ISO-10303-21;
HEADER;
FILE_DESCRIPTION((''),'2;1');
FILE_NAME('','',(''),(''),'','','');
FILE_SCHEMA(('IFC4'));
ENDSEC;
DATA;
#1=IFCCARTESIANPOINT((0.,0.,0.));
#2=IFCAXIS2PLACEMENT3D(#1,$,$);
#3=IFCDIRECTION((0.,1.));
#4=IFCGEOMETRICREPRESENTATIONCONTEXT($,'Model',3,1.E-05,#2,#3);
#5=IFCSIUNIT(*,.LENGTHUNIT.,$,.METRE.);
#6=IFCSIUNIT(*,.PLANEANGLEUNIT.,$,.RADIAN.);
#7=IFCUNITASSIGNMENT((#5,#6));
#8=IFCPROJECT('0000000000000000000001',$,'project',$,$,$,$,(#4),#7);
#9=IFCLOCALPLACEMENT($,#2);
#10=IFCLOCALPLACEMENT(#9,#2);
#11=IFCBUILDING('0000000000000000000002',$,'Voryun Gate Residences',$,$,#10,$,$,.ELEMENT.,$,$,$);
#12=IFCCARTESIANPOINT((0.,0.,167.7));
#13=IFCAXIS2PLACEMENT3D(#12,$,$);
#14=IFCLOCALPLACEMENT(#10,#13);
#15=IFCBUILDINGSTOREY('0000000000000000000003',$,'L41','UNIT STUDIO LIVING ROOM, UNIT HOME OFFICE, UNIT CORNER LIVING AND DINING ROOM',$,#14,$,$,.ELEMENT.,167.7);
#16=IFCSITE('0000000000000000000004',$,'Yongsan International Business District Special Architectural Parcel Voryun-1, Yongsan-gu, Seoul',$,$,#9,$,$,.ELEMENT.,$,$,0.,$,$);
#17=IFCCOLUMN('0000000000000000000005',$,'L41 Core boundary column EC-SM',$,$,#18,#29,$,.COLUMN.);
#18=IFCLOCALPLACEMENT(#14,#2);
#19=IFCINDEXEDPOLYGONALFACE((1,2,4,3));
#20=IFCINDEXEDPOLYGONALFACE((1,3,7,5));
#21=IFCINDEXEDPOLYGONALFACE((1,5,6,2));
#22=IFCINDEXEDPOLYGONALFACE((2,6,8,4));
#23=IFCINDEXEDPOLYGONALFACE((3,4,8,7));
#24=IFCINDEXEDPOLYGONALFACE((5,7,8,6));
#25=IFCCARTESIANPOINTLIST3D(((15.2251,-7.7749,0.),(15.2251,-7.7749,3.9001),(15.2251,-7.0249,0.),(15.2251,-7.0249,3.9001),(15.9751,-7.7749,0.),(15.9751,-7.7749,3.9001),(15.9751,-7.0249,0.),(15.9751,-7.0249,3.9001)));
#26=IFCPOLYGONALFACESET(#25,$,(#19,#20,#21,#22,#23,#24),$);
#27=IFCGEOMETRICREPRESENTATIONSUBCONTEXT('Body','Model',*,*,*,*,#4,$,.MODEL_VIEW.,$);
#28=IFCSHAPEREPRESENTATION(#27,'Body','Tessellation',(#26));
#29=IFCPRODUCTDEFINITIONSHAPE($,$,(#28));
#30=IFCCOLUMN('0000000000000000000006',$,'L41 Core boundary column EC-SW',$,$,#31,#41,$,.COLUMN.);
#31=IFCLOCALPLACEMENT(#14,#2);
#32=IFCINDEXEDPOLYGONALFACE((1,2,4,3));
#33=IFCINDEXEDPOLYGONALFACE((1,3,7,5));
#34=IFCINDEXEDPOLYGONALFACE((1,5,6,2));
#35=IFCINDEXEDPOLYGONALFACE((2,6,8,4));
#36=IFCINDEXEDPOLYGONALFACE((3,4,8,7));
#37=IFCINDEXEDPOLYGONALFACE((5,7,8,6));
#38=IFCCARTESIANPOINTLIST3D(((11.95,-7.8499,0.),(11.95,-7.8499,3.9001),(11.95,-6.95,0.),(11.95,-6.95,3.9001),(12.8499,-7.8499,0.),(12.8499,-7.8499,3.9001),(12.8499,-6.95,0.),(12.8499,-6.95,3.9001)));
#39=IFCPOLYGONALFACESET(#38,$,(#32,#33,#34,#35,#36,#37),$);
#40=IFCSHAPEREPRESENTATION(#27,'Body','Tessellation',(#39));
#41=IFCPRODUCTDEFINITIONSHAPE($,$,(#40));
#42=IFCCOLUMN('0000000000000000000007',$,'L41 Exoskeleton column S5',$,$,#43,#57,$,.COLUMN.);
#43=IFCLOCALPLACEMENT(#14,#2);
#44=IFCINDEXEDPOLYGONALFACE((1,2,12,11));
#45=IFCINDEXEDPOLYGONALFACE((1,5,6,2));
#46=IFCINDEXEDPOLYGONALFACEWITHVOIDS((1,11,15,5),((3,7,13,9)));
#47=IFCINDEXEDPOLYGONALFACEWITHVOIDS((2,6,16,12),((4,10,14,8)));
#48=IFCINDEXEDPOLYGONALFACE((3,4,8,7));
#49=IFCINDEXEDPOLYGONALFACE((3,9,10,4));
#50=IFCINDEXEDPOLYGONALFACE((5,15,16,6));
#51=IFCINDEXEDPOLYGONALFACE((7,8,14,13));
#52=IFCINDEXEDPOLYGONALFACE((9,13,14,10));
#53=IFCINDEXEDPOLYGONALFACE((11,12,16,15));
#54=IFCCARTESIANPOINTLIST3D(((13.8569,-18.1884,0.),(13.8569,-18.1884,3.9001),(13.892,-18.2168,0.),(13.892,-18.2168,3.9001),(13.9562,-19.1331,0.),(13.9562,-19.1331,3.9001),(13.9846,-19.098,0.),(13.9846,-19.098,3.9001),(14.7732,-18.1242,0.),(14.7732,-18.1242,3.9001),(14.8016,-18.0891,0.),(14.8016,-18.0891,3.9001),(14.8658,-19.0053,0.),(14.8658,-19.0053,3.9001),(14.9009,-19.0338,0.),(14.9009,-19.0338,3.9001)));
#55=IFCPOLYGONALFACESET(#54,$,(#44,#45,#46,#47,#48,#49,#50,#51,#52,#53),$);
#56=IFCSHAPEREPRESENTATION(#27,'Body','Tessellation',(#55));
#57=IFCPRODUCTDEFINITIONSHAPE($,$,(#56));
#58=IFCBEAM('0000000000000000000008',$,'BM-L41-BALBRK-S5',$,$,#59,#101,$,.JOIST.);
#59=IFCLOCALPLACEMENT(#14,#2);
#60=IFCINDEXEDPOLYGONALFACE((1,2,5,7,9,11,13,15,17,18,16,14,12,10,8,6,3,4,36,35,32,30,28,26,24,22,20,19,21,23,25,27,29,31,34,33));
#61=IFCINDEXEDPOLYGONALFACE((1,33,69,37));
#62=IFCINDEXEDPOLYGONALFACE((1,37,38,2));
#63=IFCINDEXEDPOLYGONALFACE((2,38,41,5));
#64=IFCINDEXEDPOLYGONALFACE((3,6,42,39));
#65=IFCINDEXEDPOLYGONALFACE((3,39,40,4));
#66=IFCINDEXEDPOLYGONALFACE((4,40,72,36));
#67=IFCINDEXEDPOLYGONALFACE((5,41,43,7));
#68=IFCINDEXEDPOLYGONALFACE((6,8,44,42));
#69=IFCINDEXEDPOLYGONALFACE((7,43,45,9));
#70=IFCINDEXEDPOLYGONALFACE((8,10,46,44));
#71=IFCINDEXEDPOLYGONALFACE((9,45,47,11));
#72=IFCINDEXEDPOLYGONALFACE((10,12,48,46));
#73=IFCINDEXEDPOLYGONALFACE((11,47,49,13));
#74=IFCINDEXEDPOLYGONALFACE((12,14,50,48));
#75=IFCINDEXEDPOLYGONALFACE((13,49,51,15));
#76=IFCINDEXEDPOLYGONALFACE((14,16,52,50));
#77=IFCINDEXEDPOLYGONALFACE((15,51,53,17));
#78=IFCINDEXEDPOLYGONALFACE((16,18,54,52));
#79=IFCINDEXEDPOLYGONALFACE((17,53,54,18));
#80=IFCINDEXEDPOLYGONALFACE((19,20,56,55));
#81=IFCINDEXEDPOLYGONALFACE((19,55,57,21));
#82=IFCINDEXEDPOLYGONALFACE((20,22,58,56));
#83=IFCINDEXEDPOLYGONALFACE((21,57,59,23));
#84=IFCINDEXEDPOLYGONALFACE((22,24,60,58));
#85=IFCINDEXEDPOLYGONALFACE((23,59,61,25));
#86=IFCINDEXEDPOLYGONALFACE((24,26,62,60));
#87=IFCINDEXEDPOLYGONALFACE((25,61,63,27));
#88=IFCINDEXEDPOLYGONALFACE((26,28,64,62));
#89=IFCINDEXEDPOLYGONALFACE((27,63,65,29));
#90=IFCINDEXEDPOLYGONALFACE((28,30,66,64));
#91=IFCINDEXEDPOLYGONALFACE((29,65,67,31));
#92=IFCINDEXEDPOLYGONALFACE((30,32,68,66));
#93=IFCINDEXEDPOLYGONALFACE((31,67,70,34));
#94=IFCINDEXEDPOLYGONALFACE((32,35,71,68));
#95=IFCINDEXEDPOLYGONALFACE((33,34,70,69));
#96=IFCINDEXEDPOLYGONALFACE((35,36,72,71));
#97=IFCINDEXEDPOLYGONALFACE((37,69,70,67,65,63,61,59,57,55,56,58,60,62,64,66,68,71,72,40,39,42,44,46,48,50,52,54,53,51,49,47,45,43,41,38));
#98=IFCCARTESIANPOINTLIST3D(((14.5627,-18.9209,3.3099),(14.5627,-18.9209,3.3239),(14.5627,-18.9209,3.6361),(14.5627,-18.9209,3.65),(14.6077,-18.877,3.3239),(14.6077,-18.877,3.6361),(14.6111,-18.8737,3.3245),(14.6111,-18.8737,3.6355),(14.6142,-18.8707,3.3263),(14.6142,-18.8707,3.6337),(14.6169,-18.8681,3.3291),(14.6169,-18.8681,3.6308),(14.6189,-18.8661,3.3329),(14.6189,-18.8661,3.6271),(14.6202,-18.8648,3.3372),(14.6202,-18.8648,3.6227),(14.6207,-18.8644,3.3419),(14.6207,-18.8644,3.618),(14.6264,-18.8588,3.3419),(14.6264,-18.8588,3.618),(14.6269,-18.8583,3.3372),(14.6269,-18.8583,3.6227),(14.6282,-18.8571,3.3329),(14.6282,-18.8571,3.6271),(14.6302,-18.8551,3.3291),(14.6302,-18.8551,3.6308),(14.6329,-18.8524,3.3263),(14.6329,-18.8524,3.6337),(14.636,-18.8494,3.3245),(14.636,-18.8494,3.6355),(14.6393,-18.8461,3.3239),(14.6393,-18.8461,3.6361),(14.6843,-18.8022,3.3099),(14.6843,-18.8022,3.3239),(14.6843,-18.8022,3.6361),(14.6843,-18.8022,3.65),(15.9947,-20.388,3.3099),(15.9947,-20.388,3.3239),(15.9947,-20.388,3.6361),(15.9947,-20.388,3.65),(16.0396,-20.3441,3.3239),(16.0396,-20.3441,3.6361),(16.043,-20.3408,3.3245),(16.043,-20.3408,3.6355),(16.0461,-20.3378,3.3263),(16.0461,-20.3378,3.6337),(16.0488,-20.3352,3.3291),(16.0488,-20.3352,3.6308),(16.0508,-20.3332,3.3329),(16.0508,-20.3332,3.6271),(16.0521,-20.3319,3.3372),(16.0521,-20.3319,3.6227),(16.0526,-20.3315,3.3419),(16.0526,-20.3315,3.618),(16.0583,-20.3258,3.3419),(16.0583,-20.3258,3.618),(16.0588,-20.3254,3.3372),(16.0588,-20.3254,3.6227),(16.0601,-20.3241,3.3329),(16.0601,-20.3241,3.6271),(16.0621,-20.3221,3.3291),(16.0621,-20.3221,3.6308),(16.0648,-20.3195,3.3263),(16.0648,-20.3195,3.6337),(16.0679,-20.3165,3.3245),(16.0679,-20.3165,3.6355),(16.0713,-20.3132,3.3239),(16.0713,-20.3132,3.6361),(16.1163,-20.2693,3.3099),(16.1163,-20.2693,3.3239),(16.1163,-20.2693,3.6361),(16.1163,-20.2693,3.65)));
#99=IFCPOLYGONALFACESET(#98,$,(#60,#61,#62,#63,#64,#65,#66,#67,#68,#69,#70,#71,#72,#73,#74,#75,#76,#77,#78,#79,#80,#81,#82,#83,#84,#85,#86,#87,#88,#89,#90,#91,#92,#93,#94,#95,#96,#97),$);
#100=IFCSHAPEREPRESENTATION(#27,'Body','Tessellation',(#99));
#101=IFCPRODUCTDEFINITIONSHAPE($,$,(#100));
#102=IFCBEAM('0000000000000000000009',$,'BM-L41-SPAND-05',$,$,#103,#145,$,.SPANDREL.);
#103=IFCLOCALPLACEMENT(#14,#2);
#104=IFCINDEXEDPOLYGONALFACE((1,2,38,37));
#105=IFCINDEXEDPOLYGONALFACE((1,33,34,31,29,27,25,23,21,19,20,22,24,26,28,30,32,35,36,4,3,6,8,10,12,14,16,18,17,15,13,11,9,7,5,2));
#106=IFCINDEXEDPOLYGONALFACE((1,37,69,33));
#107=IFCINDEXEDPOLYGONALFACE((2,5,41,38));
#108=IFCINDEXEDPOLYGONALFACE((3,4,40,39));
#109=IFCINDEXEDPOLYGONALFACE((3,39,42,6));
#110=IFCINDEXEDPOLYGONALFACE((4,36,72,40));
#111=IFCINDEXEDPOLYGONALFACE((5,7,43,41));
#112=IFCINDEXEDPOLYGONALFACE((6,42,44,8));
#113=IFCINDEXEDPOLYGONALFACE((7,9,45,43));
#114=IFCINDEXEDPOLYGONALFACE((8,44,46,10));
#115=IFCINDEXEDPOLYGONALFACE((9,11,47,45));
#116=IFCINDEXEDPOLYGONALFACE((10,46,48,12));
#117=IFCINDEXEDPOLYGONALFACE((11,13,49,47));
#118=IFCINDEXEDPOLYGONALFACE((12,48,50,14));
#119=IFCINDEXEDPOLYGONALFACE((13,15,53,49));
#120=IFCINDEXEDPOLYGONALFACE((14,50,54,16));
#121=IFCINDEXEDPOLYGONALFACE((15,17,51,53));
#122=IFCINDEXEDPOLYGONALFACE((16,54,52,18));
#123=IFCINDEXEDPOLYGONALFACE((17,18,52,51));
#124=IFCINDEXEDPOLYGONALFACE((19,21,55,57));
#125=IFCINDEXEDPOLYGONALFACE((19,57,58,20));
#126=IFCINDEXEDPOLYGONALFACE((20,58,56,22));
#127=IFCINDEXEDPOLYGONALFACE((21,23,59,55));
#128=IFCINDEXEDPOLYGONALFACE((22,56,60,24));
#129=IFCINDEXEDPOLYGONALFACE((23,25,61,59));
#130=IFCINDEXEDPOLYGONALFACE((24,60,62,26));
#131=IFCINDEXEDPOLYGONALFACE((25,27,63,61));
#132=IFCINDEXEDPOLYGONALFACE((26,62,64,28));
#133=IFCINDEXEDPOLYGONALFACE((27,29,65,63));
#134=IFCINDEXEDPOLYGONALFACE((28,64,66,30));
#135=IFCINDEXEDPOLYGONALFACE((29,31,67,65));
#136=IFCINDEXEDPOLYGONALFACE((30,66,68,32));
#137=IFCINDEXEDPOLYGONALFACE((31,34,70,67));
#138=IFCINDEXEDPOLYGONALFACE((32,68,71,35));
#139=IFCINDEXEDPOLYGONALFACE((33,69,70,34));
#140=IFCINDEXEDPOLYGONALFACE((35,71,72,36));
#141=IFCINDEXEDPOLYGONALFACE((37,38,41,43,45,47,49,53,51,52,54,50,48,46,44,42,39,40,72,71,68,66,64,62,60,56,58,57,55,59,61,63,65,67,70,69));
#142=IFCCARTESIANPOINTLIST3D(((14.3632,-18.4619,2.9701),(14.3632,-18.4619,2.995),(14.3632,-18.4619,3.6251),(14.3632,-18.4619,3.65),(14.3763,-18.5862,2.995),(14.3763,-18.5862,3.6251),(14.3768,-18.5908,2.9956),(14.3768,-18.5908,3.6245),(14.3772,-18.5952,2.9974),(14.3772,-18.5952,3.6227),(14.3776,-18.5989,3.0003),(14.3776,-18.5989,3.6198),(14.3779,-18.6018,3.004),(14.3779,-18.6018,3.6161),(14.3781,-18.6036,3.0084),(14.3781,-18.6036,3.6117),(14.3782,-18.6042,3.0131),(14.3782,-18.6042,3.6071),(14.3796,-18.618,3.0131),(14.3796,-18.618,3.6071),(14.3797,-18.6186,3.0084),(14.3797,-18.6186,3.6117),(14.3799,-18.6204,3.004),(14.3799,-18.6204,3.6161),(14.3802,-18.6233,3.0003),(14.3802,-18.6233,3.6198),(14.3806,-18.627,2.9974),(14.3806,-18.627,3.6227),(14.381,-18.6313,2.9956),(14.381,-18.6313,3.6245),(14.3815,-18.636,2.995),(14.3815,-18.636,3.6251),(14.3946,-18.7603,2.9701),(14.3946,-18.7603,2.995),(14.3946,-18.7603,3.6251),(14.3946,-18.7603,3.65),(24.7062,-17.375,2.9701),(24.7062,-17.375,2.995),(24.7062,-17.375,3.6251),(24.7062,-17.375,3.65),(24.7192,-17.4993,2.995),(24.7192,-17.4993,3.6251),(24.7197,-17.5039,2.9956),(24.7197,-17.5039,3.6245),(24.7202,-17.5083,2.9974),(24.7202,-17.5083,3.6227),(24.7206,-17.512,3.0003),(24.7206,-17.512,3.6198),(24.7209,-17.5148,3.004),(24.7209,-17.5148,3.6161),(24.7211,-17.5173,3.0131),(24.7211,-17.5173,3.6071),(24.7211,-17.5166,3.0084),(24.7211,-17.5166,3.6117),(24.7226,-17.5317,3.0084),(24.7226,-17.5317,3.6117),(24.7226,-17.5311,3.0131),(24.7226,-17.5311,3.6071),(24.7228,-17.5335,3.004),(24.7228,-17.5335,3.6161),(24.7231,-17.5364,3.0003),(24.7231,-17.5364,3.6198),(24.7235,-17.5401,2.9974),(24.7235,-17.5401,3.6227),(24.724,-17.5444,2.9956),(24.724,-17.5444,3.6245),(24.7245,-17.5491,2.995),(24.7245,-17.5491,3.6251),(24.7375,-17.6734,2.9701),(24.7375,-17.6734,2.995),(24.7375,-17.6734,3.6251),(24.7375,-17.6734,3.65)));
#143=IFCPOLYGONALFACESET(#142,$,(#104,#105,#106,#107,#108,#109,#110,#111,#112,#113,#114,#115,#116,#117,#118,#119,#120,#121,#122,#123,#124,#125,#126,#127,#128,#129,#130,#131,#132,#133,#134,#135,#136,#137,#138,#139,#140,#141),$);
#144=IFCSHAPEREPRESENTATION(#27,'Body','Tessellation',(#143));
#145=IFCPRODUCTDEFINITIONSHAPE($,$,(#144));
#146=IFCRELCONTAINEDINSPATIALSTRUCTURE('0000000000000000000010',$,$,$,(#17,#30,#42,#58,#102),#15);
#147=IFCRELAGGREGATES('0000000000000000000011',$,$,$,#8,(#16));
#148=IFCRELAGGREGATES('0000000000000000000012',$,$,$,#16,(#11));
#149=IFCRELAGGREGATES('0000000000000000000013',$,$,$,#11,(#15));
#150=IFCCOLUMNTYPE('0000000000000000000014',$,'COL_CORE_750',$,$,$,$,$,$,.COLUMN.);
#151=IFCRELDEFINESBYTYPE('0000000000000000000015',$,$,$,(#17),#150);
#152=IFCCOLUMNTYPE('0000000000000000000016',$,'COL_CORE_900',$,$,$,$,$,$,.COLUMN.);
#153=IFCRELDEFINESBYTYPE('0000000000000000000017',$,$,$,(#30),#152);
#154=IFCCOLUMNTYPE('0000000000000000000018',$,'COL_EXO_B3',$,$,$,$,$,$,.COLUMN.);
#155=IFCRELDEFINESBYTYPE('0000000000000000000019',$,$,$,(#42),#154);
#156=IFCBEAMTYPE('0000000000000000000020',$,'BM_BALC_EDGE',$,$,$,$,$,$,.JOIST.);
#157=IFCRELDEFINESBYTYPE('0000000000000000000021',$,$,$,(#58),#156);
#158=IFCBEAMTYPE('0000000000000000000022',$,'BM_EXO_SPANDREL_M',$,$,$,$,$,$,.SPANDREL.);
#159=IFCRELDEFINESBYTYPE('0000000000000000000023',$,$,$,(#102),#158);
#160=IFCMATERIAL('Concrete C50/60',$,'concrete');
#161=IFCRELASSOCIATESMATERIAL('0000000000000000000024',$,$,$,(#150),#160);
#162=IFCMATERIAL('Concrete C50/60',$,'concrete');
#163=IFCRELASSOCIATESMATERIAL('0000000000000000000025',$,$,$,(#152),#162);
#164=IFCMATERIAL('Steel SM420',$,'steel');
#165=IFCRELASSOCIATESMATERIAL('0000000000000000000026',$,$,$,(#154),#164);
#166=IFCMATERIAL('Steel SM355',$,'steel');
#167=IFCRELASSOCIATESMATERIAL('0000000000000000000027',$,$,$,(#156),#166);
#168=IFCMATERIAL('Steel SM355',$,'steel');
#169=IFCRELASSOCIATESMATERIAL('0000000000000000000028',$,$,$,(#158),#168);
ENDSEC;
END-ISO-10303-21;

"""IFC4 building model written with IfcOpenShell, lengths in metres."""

from ifc_helpers import new_model, si_unit, direction, frame, origin, origin_2d, place, context, subcontext, project, spatial, rectangle, hollow_rectangle, i_section, extrude, material, material_profile, profile_set, type_object, element, save


model = new_model("IFC4")

# Units and contexts
model_context = context("Model", 3, precision=1e-05, world=origin(), true_north=direction((0.0, 1.0)))
body_context = subcontext(model_context, "Body", "Model", "MODEL_VIEW")
ifc_project = project(units=[si_unit("LENGTHUNIT", "METRE"), si_unit("PLANEANGLEUNIT", "RADIAN")], contexts=[model_context])

# Site, building, storey
site_placement = place(None, origin())
site = spatial("IfcSite", under=ifc_project, at=site_placement, Name="Yongsan International Business District Special Architectural Parcel Voryun-1, Yongsan-gu, Seoul", CompositionType="ELEMENT", RefElevation=0.0)
building_placement = place(site_placement, origin())
building = spatial("IfcBuilding", under=site, at=building_placement, Name="Voryun Gate Residences", CompositionType="ELEMENT")
storey_placement = place(building_placement, frame((0.0, 0.0, 167.7)))
storey = spatial("IfcBuildingStorey", under=building, at=storey_placement, Name="L41", Description="UNIT STUDIO LIVING ROOM, UNIT HOME OFFICE, UNIT CORNER LIVING AND DINING ROOM", CompositionType="ELEMENT", Elevation=167.7)

# Columns
ifc_material_1 = material(Name="Concrete C50/60", Category="concrete")
ifc_material_profile_1 = material_profile(ifc_material_1, rectangle(XDim=0.75, YDim=0.75, at=origin_2d()), Name="RC-750x750")
ifc_profile_set_1 = profile_set([ifc_material_profile_1], Name="Concrete C50/60")
column_type_1 = type_object("IfcColumnType", Name="COL_CORE_750", PredefinedType="COLUMN", material=ifc_profile_set_1)
column_1_placement = place(storey_placement, frame((15.6001, -7.3999, 0.0), z_axis=(0.0, 0.0, 1.0), x_axis=(1.0, 0.0, 0.0)))
element("IfcColumn", 1, at=column_1_placement, inside=storey, type_object=column_type_1, Name="L41 Core boundary column EC-SM", PredefinedType="COLUMN", context=body_context, shape_type="SweptSolid", body=[
    extrude(rectangle(XDim=0.75, YDim=0.75, at=origin_2d()), origin(), (0.0, 0.0, 1.0), 3.9001),
])
ifc_material_2 = material(Name="Concrete C50/60", Category="concrete")
ifc_material_profile_2 = material_profile(ifc_material_2, rectangle(XDim=0.8999, YDim=0.8999, at=origin_2d()), Name="RC-900x900")
ifc_profile_set_2 = profile_set([ifc_material_profile_2], Name="Concrete C50/60")
column_type_2 = type_object("IfcColumnType", Name="COL_CORE_900", PredefinedType="COLUMN", material=ifc_profile_set_2)
column_2_placement = place(storey_placement, frame((12.3999, -7.3999, 0.0), z_axis=(0.0, 0.0, 1.0), x_axis=(1.0, 0.0, 0.0)))
element("IfcColumn", 2, at=column_2_placement, inside=storey, type_object=column_type_2, Name="L41 Core boundary column EC-SW", PredefinedType="COLUMN", context=body_context, shape_type="SweptSolid", body=[
    extrude(rectangle(XDim=0.8999, YDim=0.8999, at=origin_2d()), origin(), (0.0, 0.0, 1.0), 3.9001),
])
ifc_material_3 = material(Name="Steel SM420", Category="steel")
ifc_material_profile_3 = material_profile(ifc_material_3, hollow_rectangle(XDim=0.95, YDim=0.95, WallThickness=0.032, at=origin_2d()), Name="BOX-950x950x32")
ifc_profile_set_3 = profile_set([ifc_material_profile_3], Name="Steel SM420")
column_type_3 = type_object("IfcColumnType", Name="COL_EXO_B3", PredefinedType="COLUMN", material=ifc_profile_set_3)
column_3_placement = place(storey_placement, frame((14.3789, -18.6111, 0.0), z_axis=(0.0, 0.0, 1.0), x_axis=(0.994522, 0.104528, 0.0)))
element("IfcColumn", 3, at=column_3_placement, inside=storey, type_object=column_type_3, Name="L41 Exoskeleton column S5", PredefinedType="COLUMN", context=body_context, shape_type="SweptSolid", body=[
    extrude(hollow_rectangle(XDim=0.95, YDim=0.95, WallThickness=0.032, at=origin_2d()), origin(), (0.0, 0.0, 1.0), 3.9001),
])

# Beams
ifc_material_4 = material(Name="Steel SM355", Category="steel")
ifc_material_profile_4 = material_profile(ifc_material_4, i_section(OverallWidth=0.1699, OverallDepth=0.3401, WebThickness=0.0081, FlangeThickness=0.0139, FilletRadius=0.0181, at=origin_2d()), Name="H-340x170x8x14")
ifc_profile_set_4 = profile_set([ifc_material_profile_4], Name="Steel SM355")
beam_type_1 = type_object("IfcBeamType", Name="BM_BALC_EDGE", PredefinedType="JOIST", material=ifc_profile_set_4)
beam_1_placement = place(storey_placement, frame((14.6235, -18.8616, 3.48), z_axis=(0.69848, -0.715629, 0.0), x_axis=(0.715629, 0.69848, 0.0)))
element("IfcBeam", 4, at=beam_1_placement, inside=storey, type_object=beam_type_1, Name="BM-L41-BALBRK-S5", PredefinedType="JOIST", context=body_context, shape_type="SweptSolid", body=[
    extrude(i_section(OverallWidth=0.1699, OverallDepth=0.3401, WebThickness=0.0081, FlangeThickness=0.0139, FilletRadius=0.0181, at=origin_2d()), origin(), (0.0, 0.0, 1.0), 2.05),
])
ifc_material_5 = material(Name="Steel SM355", Category="steel")
ifc_material_profile_5 = material_profile(ifc_material_5, i_section(OverallWidth=0.3, OverallDepth=0.6799, WebThickness=0.0139, FlangeThickness=0.0249, FilletRadius=0.0181, at=origin_2d()), Name="H-680x300x14x25")
ifc_profile_set_5 = profile_set([ifc_material_profile_5], Name="Steel SM355")
beam_type_2 = type_object("IfcBeamType", Name="BM_EXO_SPANDREL_M", PredefinedType="SPANDREL", material=ifc_profile_set_5)
beam_2_placement = place(storey_placement, frame((14.3789, -18.6111, 3.3101), z_axis=(0.994524, 0.104511, 0.0), x_axis=(-0.104511, 0.994524, 0.0)))
element("IfcBeam", 5, at=beam_2_placement, inside=storey, type_object=beam_type_2, Name="BM-L41-SPAND-05", PredefinedType="SPANDREL", context=body_context, shape_type="SweptSolid", body=[
    extrude(i_section(OverallWidth=0.3, OverallDepth=0.6799, WebThickness=0.0139, FlangeThickness=0.0249, FilletRadius=0.0181, at=origin_2d()), origin(), (0.0, 0.0, 1.0), 10.3999),
])

save(model, "model.ifc")
